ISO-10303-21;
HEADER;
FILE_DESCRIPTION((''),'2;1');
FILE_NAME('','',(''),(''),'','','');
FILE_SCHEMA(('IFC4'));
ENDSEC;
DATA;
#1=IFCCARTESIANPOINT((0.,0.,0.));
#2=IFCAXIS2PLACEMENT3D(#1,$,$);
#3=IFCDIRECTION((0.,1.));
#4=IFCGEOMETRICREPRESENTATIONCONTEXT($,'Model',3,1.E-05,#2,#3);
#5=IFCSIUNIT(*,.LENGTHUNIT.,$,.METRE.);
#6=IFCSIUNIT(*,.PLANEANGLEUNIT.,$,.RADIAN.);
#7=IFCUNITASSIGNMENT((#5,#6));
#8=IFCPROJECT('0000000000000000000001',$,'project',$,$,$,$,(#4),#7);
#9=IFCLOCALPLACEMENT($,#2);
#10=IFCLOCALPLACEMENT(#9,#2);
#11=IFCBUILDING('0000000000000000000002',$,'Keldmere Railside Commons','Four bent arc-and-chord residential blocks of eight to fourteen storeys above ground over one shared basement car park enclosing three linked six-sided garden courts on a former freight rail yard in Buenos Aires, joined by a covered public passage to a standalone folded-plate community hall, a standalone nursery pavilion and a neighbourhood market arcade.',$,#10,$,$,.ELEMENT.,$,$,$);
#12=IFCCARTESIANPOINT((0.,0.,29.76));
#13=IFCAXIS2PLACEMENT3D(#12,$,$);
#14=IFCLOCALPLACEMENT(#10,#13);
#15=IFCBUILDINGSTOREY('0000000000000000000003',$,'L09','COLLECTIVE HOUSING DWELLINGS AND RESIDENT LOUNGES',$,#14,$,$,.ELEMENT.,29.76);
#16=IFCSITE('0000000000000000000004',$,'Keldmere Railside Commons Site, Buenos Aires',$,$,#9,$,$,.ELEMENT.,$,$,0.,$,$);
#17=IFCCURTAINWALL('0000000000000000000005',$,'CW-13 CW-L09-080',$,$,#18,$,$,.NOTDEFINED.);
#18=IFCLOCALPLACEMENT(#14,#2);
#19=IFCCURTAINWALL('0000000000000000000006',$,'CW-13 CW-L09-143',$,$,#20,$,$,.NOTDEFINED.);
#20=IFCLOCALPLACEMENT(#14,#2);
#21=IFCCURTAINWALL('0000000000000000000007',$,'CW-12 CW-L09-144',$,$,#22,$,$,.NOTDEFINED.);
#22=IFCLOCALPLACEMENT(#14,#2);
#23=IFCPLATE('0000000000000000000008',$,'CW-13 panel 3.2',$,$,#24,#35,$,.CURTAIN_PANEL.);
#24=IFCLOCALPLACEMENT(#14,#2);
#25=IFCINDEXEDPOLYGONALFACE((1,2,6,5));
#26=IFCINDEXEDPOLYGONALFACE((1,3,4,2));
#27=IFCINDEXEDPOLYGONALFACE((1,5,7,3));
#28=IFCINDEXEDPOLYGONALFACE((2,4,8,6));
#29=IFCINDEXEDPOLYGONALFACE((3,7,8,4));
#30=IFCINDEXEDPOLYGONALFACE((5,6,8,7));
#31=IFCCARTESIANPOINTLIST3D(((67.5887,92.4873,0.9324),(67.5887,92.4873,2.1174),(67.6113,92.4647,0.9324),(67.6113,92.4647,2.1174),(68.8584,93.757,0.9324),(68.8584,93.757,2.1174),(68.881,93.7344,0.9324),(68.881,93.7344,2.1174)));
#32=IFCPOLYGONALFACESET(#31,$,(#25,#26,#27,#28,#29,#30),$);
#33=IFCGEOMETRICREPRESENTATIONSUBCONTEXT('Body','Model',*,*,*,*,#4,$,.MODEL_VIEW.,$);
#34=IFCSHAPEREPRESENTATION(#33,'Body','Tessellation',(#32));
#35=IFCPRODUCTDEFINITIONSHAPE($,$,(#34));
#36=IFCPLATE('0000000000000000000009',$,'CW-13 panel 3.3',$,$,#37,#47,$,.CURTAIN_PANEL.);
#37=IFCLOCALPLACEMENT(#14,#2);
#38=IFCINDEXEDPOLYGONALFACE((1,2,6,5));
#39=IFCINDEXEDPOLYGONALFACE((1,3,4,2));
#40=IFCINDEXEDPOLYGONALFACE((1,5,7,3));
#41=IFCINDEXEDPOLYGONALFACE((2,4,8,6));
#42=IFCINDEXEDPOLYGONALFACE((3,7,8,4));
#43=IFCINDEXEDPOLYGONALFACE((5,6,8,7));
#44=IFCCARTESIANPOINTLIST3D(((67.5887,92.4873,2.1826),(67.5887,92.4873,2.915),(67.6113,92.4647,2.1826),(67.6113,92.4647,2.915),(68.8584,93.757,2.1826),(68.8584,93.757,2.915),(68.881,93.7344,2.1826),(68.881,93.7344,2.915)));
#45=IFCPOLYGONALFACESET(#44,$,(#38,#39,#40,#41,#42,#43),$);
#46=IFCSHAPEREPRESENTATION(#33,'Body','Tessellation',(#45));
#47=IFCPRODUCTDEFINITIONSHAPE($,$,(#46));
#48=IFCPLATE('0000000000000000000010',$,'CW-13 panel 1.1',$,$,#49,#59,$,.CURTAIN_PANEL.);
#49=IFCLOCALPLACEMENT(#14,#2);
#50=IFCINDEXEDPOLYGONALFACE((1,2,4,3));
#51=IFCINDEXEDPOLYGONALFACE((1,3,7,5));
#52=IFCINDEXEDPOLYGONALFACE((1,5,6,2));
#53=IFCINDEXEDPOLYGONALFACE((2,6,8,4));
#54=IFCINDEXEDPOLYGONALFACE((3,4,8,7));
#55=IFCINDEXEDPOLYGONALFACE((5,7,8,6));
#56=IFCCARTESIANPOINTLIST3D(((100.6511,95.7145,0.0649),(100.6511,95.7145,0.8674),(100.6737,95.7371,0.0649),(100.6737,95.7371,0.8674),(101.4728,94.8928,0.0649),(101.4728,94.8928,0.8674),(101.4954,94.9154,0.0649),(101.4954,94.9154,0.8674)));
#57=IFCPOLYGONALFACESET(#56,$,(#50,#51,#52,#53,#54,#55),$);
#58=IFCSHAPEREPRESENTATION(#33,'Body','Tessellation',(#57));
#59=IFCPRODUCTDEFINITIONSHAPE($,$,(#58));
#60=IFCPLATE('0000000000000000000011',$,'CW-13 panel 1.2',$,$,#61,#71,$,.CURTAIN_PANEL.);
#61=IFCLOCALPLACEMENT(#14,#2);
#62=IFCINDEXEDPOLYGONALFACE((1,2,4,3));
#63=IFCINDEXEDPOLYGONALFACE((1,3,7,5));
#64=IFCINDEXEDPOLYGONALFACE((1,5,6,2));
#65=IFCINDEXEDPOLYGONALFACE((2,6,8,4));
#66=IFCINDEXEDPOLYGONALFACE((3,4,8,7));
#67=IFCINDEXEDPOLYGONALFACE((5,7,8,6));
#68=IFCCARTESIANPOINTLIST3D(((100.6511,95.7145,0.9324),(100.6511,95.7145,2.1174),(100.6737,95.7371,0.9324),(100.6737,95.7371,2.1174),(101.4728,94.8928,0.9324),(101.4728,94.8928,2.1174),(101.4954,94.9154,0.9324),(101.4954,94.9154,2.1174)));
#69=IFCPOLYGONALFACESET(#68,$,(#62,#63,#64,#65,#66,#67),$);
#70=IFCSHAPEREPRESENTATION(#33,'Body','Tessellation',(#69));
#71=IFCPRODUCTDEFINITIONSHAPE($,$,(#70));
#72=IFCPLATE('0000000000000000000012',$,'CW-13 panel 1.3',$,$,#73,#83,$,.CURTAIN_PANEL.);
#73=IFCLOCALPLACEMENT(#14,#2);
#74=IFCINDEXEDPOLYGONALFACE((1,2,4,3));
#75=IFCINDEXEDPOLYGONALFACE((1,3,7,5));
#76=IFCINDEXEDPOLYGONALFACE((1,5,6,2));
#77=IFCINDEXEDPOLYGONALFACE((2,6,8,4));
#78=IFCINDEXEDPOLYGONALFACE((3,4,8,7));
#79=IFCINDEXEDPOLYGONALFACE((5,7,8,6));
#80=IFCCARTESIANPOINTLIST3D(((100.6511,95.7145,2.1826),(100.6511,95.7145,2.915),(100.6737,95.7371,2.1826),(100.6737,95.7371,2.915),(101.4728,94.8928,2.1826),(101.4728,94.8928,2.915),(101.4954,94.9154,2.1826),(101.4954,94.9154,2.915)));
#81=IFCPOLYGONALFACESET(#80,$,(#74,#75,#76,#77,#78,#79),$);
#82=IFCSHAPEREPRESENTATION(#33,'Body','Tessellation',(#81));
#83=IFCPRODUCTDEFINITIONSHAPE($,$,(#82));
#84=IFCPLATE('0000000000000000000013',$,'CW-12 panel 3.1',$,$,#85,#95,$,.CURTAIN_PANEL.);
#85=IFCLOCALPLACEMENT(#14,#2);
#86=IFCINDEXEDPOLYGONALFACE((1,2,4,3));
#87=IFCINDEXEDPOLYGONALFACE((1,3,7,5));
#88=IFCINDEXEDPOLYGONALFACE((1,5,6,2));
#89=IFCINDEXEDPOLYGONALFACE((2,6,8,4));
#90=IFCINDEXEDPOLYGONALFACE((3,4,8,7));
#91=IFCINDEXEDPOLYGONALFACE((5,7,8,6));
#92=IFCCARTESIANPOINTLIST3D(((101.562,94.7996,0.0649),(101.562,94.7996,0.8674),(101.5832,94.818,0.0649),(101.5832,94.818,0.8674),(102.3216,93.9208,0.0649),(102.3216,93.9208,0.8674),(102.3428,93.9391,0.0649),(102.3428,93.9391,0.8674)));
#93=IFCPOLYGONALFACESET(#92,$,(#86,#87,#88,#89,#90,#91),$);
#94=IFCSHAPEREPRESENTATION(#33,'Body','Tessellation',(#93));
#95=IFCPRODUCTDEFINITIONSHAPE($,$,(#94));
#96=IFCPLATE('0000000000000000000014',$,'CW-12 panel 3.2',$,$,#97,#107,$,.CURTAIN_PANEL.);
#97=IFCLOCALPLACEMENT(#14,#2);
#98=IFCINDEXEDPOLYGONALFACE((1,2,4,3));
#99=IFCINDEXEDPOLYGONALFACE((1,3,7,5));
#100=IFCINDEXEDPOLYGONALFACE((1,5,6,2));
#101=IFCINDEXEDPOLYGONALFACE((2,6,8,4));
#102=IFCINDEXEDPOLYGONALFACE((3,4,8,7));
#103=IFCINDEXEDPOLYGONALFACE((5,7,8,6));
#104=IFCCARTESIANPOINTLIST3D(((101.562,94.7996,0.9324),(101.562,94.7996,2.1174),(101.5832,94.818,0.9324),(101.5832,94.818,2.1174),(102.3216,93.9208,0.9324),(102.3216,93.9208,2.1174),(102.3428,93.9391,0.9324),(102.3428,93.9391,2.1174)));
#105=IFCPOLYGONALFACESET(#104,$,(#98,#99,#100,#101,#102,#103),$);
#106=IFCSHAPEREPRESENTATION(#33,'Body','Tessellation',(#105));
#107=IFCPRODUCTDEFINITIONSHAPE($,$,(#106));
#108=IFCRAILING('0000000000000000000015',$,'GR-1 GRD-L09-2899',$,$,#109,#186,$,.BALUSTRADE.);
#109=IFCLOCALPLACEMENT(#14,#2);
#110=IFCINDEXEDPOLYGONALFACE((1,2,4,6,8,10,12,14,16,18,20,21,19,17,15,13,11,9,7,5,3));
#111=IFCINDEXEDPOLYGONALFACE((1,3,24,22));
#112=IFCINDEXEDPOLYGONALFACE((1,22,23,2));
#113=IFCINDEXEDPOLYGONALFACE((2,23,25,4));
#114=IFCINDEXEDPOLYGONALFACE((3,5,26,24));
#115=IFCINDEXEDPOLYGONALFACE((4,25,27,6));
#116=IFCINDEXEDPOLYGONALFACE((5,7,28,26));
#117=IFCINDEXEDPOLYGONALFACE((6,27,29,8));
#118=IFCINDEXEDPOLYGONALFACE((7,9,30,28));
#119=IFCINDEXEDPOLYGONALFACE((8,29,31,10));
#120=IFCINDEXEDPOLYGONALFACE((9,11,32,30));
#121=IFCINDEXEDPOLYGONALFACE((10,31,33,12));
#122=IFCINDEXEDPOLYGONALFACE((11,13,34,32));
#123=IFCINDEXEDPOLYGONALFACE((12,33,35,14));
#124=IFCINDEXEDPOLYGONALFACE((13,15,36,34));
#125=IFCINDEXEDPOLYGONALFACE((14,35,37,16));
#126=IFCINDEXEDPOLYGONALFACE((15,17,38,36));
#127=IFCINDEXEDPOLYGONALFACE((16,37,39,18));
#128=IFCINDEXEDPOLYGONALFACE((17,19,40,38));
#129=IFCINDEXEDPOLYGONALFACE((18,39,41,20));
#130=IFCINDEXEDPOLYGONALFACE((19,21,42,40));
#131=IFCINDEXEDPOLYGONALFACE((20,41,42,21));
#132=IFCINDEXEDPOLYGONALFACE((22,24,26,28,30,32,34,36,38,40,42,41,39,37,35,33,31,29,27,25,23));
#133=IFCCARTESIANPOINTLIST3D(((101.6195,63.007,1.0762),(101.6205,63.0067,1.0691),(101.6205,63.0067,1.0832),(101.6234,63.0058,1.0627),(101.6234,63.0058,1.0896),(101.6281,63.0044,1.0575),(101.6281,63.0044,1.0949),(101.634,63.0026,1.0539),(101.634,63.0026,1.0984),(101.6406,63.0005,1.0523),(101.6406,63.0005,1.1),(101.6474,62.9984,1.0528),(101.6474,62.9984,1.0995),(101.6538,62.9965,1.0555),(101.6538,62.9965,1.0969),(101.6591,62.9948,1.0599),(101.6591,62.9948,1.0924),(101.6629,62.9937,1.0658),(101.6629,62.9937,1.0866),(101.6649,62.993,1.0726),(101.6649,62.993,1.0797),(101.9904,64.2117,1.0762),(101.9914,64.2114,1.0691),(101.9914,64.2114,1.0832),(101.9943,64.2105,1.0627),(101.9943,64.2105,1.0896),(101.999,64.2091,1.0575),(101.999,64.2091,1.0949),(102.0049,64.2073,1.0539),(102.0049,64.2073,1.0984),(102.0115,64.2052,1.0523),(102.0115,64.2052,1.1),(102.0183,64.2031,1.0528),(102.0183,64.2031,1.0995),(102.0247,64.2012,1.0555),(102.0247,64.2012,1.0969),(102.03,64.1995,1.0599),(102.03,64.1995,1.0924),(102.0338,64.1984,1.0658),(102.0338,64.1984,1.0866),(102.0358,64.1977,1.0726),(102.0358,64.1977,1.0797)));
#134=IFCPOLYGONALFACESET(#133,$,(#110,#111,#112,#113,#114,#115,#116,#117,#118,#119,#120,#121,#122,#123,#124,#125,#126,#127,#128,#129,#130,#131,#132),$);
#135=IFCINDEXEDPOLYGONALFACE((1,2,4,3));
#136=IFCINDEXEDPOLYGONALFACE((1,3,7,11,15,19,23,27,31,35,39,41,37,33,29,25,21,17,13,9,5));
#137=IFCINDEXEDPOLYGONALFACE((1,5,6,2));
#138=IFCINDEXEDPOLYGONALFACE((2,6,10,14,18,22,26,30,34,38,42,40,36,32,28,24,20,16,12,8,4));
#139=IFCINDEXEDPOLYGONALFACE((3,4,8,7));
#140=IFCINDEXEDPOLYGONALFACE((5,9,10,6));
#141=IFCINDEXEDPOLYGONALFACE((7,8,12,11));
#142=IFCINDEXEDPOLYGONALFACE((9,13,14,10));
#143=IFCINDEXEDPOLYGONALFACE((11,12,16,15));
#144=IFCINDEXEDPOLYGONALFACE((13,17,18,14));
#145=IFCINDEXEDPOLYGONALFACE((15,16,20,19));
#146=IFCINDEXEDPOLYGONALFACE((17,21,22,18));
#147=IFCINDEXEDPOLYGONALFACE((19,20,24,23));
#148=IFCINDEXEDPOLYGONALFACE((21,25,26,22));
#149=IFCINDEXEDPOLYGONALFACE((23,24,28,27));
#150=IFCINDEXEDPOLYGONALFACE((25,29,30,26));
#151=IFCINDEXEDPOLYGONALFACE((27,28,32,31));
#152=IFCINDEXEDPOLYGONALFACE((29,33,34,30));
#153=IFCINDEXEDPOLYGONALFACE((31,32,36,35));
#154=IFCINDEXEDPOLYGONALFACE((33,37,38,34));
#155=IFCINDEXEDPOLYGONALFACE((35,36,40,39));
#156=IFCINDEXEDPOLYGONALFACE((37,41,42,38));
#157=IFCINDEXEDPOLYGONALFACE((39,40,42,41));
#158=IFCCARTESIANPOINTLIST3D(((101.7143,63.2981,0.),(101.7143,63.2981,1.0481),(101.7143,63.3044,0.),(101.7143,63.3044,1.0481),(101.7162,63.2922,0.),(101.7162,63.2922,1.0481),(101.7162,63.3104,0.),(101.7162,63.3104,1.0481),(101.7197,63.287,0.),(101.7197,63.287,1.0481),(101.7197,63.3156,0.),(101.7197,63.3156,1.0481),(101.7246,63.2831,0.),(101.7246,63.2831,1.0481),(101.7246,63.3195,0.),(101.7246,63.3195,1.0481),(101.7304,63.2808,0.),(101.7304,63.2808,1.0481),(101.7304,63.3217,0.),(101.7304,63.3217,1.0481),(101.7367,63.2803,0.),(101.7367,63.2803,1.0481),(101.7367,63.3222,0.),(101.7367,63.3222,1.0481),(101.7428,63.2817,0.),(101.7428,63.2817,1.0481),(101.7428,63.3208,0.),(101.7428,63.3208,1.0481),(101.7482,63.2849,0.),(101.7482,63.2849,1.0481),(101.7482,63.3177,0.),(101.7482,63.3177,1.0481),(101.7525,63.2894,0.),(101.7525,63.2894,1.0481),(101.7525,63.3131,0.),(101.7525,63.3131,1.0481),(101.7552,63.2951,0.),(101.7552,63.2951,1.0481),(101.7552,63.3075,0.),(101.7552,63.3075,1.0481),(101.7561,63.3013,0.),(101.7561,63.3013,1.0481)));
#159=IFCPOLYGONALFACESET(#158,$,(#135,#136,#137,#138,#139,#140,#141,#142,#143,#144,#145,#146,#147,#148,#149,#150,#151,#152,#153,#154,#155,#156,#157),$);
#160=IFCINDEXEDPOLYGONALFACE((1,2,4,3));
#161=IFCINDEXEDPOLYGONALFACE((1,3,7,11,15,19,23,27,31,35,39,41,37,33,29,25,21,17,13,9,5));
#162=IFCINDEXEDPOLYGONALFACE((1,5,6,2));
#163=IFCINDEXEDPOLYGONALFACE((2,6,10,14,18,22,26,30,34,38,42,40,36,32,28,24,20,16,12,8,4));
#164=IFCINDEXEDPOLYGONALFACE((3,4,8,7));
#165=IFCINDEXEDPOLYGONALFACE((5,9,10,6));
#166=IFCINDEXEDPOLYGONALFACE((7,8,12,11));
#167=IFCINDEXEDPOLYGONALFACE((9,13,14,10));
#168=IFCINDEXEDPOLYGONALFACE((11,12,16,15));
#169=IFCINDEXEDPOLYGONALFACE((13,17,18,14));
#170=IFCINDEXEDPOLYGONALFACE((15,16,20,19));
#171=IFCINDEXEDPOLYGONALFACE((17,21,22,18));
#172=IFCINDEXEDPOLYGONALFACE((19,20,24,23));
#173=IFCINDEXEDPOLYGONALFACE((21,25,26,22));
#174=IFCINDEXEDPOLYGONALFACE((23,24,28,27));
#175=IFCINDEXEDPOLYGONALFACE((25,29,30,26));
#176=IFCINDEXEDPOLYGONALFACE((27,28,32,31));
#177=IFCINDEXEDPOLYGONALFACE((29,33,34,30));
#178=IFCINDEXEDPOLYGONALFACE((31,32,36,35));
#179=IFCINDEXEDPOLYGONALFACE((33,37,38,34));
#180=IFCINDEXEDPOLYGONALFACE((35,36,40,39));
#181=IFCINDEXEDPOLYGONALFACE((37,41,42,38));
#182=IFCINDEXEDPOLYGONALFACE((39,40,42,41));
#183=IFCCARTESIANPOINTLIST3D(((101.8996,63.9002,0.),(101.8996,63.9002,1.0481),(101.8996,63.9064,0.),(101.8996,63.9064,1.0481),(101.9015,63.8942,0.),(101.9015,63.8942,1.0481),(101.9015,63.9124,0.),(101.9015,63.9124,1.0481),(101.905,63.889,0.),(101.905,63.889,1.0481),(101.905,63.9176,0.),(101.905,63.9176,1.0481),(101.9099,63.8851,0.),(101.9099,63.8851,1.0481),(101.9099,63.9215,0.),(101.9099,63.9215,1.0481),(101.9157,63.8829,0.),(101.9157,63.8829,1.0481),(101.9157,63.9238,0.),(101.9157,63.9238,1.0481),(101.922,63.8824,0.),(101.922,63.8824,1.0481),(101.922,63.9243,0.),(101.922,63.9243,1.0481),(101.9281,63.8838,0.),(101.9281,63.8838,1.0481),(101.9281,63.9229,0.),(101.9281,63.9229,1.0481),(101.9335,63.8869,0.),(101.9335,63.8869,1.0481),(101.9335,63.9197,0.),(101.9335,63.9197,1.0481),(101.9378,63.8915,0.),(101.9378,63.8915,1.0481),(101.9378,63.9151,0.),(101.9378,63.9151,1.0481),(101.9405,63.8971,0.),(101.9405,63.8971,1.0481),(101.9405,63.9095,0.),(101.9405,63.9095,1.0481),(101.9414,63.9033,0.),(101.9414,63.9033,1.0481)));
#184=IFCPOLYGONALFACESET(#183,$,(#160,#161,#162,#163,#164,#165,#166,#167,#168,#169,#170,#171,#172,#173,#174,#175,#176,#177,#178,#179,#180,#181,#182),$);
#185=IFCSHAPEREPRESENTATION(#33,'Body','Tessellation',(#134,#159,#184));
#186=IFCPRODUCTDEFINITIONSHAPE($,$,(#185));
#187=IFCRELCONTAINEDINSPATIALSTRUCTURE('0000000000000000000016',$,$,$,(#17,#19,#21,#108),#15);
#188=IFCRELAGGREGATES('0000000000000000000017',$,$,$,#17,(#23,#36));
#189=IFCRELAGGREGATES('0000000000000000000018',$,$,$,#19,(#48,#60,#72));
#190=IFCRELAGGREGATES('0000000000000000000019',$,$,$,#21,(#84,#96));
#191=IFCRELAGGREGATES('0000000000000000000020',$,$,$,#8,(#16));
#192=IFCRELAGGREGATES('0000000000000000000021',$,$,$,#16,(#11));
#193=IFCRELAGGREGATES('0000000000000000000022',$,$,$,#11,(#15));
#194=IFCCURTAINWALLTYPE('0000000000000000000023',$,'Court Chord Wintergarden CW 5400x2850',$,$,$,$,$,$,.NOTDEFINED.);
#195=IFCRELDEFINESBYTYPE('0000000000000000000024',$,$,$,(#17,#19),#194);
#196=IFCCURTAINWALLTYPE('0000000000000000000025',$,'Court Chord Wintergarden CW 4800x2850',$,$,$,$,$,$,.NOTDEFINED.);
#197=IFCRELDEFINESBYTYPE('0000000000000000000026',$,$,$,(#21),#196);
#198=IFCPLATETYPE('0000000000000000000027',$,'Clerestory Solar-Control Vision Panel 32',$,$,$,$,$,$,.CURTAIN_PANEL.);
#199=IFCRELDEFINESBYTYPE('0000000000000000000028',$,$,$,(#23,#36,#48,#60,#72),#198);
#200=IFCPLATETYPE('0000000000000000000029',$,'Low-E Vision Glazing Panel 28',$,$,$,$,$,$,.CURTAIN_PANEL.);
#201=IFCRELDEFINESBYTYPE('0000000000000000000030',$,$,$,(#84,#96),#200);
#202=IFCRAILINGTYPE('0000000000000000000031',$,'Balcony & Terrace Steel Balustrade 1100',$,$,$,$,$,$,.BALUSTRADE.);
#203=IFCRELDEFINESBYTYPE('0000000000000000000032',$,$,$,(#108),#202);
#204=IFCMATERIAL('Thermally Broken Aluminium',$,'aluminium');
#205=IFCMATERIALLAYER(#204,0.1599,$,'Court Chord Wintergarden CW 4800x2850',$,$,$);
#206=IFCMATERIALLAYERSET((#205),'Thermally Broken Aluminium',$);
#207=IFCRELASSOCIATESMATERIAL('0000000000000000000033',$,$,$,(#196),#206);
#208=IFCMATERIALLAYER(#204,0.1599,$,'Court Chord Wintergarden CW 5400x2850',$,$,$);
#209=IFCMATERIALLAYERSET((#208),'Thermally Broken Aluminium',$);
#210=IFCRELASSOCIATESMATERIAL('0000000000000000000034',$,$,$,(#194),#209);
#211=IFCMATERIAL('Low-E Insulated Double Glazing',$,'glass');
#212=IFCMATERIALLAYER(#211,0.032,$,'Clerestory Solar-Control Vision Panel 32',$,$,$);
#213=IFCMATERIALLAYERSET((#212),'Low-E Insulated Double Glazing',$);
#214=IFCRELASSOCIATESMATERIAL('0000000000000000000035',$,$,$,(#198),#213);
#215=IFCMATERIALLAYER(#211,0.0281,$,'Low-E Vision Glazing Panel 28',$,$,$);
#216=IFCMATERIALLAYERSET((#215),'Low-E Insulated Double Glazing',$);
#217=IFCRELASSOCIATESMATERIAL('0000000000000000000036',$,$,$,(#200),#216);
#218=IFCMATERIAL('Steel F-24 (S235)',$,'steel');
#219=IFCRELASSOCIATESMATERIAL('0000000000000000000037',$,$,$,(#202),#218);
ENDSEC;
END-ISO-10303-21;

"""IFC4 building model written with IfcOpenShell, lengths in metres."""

from ifc_helpers import new_model, si_unit, direction, frame, origin, origin_2d, place, context, subcontext, project, spatial, rectangle, circle, extrude, material, layer, layer_set, type_object, element, aggregate, save


model = new_model("IFC4")

# Units and contexts
model_context = context("Model", 3, precision=1e-05, world=origin(), true_north=direction((0.0, 1.0)))
body_context = subcontext(model_context, "Body", "Model", "MODEL_VIEW")
ifc_project = project(units=[si_unit("LENGTHUNIT", "METRE"), si_unit("PLANEANGLEUNIT", "RADIAN")], contexts=[model_context])

# Site, building, storey
site_placement = place(None, origin())
site = spatial("IfcSite", under=ifc_project, at=site_placement, Name="Keldmere Railside Commons Site, Buenos Aires", CompositionType="ELEMENT", RefElevation=0.0)
building_placement = place(site_placement, origin())
building = spatial("IfcBuilding", under=site, at=building_placement, Name="Keldmere Railside Commons", Description="Four bent arc-and-chord residential blocks of eight to fourteen storeys above ground over one shared basement car park enclosing three linked six-sided garden courts on a former freight rail yard in Buenos Aires, joined by a covered public passage to a standalone folded-plate community hall, a standalone nursery pavilion and a neighbourhood market arcade.", CompositionType="ELEMENT")
storey_placement = place(building_placement, frame((0.0, 0.0, 29.76)))
storey = spatial("IfcBuildingStorey", under=building, at=storey_placement, Name="L09", Description="COLLECTIVE HOUSING DWELLINGS AND RESIDENT LOUNGES", CompositionType="ELEMENT", Elevation=29.76)

# Shared definitions
ifc_material_1 = material(Name="Thermally Broken Aluminium", Category="aluminium")
ifc_layer_1 = layer(ifc_material_1, 0.1599, Name="Court Chord Wintergarden CW 4800x2850")
ifc_layer_set_1 = layer_set([ifc_layer_1], Name="Thermally Broken Aluminium")
curtain_wall_type_1 = type_object("IfcCurtainWallType", Name="Court Chord Wintergarden CW 4800x2850", PredefinedType="NOTDEFINED", material=ifc_layer_set_1)

# Curtain wall
ifc_layer_2 = layer(ifc_material_1, 0.1599, Name="Court Chord Wintergarden CW 5400x2850")
ifc_layer_set_2 = layer_set([ifc_layer_2], Name="Thermally Broken Aluminium")
curtain_wall_type_2 = type_object("IfcCurtainWallType", Name="Court Chord Wintergarden CW 5400x2850", PredefinedType="NOTDEFINED", material=ifc_layer_set_2)
curtain_wall_1_placement = place(storey_placement, origin())
curtain_wall_1 = element("IfcCurtainWall", 1, at=curtain_wall_1_placement, inside=storey, type_object=curtain_wall_type_2, Name="CW-13 CW-L09-080", PredefinedType="NOTDEFINED")

# Curtain walls
curtain_wall_2_placement = place(storey_placement, origin())
curtain_wall_2 = element("IfcCurtainWall", 2, at=curtain_wall_2_placement, inside=storey, type_object=curtain_wall_type_2, Name="CW-13 CW-L09-143", PredefinedType="NOTDEFINED")
curtain_wall_3_placement = place(storey_placement, origin())
curtain_wall_3 = element("IfcCurtainWall", 3, at=curtain_wall_3_placement, inside=storey, type_object=curtain_wall_type_1, Name="CW-12 CW-L09-144", PredefinedType="NOTDEFINED")

# Plates
ifc_material_2 = material(Name="Low-E Insulated Double Glazing", Category="glass")
ifc_layer_3 = layer(ifc_material_2, 0.032, Name="Clerestory Solar-Control Vision Panel 32")
ifc_layer_set_3 = layer_set([ifc_layer_3], Name="Low-E Insulated Double Glazing")
plate_type_1 = type_object("IfcPlateType", Name="Clerestory Solar-Control Vision Panel 32", PredefinedType="CURTAIN_PANEL", material=ifc_layer_set_3)
plate_1_placement = place(storey_placement, frame((68.2349, 93.1108, 0.9324), z_axis=(0.0, 0.0, 1.0), x_axis=(-0.707107, -0.707107, 0.0)))
plate_1 = element("IfcPlate", 4, at=plate_1_placement, type_object=plate_type_1, Name="CW-13 panel 3.2", PredefinedType="CURTAIN_PANEL", context=body_context, shape_type="SweptSolid", body=[
    extrude(rectangle(XDim=1.7957, YDim=0.032, at=origin_2d()), origin(), (0.0, 0.0, 1.0), 1.1851),
])
plate_2_placement = place(storey_placement, frame((68.2349, 93.1108, 2.1826), z_axis=(0.0, 0.0, 1.0), x_axis=(-0.707107, -0.707107, 0.0)))
plate_2 = element("IfcPlate", 5, at=plate_2_placement, type_object=plate_type_1, Name="CW-13 panel 3.3", PredefinedType="CURTAIN_PANEL", context=body_context, shape_type="SweptSolid", body=[
    extrude(rectangle(XDim=1.7957, YDim=0.032, at=origin_2d()), origin(), (0.0, 0.0, 1.0), 0.7324),
])
aggregate(curtain_wall_1, [plate_1, plate_2])
plate_3_placement = place(storey_placement, frame((101.0732, 95.3149, 0.0649), z_axis=(0.0, 0.0, 1.0), x_axis=(-0.707107, 0.707107, 0.0)))
plate_3 = element("IfcPlate", 6, at=plate_3_placement, type_object=plate_type_1, Name="CW-13 panel 1.1", PredefinedType="CURTAIN_PANEL", context=body_context, shape_type="SweptSolid", body=[
    extrude(rectangle(XDim=1.1621, YDim=0.032, at=origin_2d()), origin(), (0.0, 0.0, 1.0), 0.8025),
])
plate_4_placement = place(storey_placement, frame((101.0732, 95.3149, 0.9324), z_axis=(0.0, 0.0, 1.0), x_axis=(-0.707107, 0.707107, 0.0)))
plate_4 = element("IfcPlate", 7, at=plate_4_placement, type_object=plate_type_1, Name="CW-13 panel 1.2", PredefinedType="CURTAIN_PANEL", context=body_context, shape_type="SweptSolid", body=[
    extrude(rectangle(XDim=1.1621, YDim=0.032, at=origin_2d()), origin(), (0.0, 0.0, 1.0), 1.1851),
])
plate_5_placement = place(storey_placement, frame((101.0732, 95.3149, 2.1826), z_axis=(0.0, 0.0, 1.0), x_axis=(-0.707107, 0.707107, 0.0)))
plate_5 = element("IfcPlate", 8, at=plate_5_placement, type_object=plate_type_1, Name="CW-13 panel 1.3", PredefinedType="CURTAIN_PANEL", context=body_context, shape_type="SweptSolid", body=[
    extrude(rectangle(XDim=1.1621, YDim=0.032, at=origin_2d()), origin(), (0.0, 0.0, 1.0), 0.7324),
])
aggregate(curtain_wall_2, [plate_3, plate_4, plate_5])
ifc_layer_4 = layer(ifc_material_2, 0.0281, Name="Low-E Vision Glazing Panel 28")
ifc_layer_set_4 = layer_set([ifc_layer_4], Name="Low-E Insulated Double Glazing")
plate_type_2 = type_object("IfcPlateType", Name="Low-E Vision Glazing Panel 28", PredefinedType="CURTAIN_PANEL", material=ifc_layer_set_4)
plate_6_placement = place(storey_placement, frame((101.9524, 94.3694, 0.0649), z_axis=(0.0, 0.0, 1.0), x_axis=(-0.653882, 0.756597, 0.0)))
plate_6 = element("IfcPlate", 9, at=plate_6_placement, type_object=plate_type_2, Name="CW-12 panel 3.1", PredefinedType="CURTAIN_PANEL", context=body_context, shape_type="SweptSolid", body=[
    extrude(rectangle(XDim=1.1616, YDim=0.0281, at=origin_2d()), origin(), (0.0, 0.0, 1.0), 0.8025),
])
plate_7_placement = place(storey_placement, frame((101.9524, 94.3694, 0.9324), z_axis=(0.0, 0.0, 1.0), x_axis=(-0.653882, 0.756597, 0.0)))
plate_7 = element("IfcPlate", 10, at=plate_7_placement, type_object=plate_type_2, Name="CW-12 panel 3.2", PredefinedType="CURTAIN_PANEL", context=body_context, shape_type="SweptSolid", body=[
    extrude(rectangle(XDim=1.1616, YDim=0.0281, at=origin_2d()), origin(), (0.0, 0.0, 1.0), 1.1851),
])
aggregate(curtain_wall_3, [plate_6, plate_7])

# Railing
ifc_material_3 = material(Name="Steel F-24 (S235)", Category="steel")
railing_type = type_object("IfcRailingType", Name="Balcony & Terrace Steel Balustrade 1100", PredefinedType="BALUSTRADE", material=ifc_material_3)
railing_1_placement = place(storey_placement, frame((101.6423, 63.0, 0.0)))
element("IfcRailing", 11, at=railing_1_placement, inside=storey, type_object=railing_type, Name="GR-1 GRD-L09-2899", PredefinedType="BALUSTRADE", context=body_context, shape_type="SweptSolid", body=[
    extrude(circle(Radius=0.0239, at=origin_2d()), frame((0.0, 0.0, 1.0762), z_axis=(0.294236, 0.955733, 0.0), x_axis=(-0.955733, 0.294236, 0.0)), (0.0, 0.0, 1.0), 1.2605),
    extrude(circle(Radius=0.021, at=origin_2d()), frame((0.0928, 0.3013, 0.0)), (0.0, 0.0, 1.0), 1.0481),
    extrude(circle(Radius=0.021, at=origin_2d()), frame((0.2781, 0.9033, 0.0)), (0.0, 0.0, 1.0), 1.0481),
])

save(model, "model.ifc")
